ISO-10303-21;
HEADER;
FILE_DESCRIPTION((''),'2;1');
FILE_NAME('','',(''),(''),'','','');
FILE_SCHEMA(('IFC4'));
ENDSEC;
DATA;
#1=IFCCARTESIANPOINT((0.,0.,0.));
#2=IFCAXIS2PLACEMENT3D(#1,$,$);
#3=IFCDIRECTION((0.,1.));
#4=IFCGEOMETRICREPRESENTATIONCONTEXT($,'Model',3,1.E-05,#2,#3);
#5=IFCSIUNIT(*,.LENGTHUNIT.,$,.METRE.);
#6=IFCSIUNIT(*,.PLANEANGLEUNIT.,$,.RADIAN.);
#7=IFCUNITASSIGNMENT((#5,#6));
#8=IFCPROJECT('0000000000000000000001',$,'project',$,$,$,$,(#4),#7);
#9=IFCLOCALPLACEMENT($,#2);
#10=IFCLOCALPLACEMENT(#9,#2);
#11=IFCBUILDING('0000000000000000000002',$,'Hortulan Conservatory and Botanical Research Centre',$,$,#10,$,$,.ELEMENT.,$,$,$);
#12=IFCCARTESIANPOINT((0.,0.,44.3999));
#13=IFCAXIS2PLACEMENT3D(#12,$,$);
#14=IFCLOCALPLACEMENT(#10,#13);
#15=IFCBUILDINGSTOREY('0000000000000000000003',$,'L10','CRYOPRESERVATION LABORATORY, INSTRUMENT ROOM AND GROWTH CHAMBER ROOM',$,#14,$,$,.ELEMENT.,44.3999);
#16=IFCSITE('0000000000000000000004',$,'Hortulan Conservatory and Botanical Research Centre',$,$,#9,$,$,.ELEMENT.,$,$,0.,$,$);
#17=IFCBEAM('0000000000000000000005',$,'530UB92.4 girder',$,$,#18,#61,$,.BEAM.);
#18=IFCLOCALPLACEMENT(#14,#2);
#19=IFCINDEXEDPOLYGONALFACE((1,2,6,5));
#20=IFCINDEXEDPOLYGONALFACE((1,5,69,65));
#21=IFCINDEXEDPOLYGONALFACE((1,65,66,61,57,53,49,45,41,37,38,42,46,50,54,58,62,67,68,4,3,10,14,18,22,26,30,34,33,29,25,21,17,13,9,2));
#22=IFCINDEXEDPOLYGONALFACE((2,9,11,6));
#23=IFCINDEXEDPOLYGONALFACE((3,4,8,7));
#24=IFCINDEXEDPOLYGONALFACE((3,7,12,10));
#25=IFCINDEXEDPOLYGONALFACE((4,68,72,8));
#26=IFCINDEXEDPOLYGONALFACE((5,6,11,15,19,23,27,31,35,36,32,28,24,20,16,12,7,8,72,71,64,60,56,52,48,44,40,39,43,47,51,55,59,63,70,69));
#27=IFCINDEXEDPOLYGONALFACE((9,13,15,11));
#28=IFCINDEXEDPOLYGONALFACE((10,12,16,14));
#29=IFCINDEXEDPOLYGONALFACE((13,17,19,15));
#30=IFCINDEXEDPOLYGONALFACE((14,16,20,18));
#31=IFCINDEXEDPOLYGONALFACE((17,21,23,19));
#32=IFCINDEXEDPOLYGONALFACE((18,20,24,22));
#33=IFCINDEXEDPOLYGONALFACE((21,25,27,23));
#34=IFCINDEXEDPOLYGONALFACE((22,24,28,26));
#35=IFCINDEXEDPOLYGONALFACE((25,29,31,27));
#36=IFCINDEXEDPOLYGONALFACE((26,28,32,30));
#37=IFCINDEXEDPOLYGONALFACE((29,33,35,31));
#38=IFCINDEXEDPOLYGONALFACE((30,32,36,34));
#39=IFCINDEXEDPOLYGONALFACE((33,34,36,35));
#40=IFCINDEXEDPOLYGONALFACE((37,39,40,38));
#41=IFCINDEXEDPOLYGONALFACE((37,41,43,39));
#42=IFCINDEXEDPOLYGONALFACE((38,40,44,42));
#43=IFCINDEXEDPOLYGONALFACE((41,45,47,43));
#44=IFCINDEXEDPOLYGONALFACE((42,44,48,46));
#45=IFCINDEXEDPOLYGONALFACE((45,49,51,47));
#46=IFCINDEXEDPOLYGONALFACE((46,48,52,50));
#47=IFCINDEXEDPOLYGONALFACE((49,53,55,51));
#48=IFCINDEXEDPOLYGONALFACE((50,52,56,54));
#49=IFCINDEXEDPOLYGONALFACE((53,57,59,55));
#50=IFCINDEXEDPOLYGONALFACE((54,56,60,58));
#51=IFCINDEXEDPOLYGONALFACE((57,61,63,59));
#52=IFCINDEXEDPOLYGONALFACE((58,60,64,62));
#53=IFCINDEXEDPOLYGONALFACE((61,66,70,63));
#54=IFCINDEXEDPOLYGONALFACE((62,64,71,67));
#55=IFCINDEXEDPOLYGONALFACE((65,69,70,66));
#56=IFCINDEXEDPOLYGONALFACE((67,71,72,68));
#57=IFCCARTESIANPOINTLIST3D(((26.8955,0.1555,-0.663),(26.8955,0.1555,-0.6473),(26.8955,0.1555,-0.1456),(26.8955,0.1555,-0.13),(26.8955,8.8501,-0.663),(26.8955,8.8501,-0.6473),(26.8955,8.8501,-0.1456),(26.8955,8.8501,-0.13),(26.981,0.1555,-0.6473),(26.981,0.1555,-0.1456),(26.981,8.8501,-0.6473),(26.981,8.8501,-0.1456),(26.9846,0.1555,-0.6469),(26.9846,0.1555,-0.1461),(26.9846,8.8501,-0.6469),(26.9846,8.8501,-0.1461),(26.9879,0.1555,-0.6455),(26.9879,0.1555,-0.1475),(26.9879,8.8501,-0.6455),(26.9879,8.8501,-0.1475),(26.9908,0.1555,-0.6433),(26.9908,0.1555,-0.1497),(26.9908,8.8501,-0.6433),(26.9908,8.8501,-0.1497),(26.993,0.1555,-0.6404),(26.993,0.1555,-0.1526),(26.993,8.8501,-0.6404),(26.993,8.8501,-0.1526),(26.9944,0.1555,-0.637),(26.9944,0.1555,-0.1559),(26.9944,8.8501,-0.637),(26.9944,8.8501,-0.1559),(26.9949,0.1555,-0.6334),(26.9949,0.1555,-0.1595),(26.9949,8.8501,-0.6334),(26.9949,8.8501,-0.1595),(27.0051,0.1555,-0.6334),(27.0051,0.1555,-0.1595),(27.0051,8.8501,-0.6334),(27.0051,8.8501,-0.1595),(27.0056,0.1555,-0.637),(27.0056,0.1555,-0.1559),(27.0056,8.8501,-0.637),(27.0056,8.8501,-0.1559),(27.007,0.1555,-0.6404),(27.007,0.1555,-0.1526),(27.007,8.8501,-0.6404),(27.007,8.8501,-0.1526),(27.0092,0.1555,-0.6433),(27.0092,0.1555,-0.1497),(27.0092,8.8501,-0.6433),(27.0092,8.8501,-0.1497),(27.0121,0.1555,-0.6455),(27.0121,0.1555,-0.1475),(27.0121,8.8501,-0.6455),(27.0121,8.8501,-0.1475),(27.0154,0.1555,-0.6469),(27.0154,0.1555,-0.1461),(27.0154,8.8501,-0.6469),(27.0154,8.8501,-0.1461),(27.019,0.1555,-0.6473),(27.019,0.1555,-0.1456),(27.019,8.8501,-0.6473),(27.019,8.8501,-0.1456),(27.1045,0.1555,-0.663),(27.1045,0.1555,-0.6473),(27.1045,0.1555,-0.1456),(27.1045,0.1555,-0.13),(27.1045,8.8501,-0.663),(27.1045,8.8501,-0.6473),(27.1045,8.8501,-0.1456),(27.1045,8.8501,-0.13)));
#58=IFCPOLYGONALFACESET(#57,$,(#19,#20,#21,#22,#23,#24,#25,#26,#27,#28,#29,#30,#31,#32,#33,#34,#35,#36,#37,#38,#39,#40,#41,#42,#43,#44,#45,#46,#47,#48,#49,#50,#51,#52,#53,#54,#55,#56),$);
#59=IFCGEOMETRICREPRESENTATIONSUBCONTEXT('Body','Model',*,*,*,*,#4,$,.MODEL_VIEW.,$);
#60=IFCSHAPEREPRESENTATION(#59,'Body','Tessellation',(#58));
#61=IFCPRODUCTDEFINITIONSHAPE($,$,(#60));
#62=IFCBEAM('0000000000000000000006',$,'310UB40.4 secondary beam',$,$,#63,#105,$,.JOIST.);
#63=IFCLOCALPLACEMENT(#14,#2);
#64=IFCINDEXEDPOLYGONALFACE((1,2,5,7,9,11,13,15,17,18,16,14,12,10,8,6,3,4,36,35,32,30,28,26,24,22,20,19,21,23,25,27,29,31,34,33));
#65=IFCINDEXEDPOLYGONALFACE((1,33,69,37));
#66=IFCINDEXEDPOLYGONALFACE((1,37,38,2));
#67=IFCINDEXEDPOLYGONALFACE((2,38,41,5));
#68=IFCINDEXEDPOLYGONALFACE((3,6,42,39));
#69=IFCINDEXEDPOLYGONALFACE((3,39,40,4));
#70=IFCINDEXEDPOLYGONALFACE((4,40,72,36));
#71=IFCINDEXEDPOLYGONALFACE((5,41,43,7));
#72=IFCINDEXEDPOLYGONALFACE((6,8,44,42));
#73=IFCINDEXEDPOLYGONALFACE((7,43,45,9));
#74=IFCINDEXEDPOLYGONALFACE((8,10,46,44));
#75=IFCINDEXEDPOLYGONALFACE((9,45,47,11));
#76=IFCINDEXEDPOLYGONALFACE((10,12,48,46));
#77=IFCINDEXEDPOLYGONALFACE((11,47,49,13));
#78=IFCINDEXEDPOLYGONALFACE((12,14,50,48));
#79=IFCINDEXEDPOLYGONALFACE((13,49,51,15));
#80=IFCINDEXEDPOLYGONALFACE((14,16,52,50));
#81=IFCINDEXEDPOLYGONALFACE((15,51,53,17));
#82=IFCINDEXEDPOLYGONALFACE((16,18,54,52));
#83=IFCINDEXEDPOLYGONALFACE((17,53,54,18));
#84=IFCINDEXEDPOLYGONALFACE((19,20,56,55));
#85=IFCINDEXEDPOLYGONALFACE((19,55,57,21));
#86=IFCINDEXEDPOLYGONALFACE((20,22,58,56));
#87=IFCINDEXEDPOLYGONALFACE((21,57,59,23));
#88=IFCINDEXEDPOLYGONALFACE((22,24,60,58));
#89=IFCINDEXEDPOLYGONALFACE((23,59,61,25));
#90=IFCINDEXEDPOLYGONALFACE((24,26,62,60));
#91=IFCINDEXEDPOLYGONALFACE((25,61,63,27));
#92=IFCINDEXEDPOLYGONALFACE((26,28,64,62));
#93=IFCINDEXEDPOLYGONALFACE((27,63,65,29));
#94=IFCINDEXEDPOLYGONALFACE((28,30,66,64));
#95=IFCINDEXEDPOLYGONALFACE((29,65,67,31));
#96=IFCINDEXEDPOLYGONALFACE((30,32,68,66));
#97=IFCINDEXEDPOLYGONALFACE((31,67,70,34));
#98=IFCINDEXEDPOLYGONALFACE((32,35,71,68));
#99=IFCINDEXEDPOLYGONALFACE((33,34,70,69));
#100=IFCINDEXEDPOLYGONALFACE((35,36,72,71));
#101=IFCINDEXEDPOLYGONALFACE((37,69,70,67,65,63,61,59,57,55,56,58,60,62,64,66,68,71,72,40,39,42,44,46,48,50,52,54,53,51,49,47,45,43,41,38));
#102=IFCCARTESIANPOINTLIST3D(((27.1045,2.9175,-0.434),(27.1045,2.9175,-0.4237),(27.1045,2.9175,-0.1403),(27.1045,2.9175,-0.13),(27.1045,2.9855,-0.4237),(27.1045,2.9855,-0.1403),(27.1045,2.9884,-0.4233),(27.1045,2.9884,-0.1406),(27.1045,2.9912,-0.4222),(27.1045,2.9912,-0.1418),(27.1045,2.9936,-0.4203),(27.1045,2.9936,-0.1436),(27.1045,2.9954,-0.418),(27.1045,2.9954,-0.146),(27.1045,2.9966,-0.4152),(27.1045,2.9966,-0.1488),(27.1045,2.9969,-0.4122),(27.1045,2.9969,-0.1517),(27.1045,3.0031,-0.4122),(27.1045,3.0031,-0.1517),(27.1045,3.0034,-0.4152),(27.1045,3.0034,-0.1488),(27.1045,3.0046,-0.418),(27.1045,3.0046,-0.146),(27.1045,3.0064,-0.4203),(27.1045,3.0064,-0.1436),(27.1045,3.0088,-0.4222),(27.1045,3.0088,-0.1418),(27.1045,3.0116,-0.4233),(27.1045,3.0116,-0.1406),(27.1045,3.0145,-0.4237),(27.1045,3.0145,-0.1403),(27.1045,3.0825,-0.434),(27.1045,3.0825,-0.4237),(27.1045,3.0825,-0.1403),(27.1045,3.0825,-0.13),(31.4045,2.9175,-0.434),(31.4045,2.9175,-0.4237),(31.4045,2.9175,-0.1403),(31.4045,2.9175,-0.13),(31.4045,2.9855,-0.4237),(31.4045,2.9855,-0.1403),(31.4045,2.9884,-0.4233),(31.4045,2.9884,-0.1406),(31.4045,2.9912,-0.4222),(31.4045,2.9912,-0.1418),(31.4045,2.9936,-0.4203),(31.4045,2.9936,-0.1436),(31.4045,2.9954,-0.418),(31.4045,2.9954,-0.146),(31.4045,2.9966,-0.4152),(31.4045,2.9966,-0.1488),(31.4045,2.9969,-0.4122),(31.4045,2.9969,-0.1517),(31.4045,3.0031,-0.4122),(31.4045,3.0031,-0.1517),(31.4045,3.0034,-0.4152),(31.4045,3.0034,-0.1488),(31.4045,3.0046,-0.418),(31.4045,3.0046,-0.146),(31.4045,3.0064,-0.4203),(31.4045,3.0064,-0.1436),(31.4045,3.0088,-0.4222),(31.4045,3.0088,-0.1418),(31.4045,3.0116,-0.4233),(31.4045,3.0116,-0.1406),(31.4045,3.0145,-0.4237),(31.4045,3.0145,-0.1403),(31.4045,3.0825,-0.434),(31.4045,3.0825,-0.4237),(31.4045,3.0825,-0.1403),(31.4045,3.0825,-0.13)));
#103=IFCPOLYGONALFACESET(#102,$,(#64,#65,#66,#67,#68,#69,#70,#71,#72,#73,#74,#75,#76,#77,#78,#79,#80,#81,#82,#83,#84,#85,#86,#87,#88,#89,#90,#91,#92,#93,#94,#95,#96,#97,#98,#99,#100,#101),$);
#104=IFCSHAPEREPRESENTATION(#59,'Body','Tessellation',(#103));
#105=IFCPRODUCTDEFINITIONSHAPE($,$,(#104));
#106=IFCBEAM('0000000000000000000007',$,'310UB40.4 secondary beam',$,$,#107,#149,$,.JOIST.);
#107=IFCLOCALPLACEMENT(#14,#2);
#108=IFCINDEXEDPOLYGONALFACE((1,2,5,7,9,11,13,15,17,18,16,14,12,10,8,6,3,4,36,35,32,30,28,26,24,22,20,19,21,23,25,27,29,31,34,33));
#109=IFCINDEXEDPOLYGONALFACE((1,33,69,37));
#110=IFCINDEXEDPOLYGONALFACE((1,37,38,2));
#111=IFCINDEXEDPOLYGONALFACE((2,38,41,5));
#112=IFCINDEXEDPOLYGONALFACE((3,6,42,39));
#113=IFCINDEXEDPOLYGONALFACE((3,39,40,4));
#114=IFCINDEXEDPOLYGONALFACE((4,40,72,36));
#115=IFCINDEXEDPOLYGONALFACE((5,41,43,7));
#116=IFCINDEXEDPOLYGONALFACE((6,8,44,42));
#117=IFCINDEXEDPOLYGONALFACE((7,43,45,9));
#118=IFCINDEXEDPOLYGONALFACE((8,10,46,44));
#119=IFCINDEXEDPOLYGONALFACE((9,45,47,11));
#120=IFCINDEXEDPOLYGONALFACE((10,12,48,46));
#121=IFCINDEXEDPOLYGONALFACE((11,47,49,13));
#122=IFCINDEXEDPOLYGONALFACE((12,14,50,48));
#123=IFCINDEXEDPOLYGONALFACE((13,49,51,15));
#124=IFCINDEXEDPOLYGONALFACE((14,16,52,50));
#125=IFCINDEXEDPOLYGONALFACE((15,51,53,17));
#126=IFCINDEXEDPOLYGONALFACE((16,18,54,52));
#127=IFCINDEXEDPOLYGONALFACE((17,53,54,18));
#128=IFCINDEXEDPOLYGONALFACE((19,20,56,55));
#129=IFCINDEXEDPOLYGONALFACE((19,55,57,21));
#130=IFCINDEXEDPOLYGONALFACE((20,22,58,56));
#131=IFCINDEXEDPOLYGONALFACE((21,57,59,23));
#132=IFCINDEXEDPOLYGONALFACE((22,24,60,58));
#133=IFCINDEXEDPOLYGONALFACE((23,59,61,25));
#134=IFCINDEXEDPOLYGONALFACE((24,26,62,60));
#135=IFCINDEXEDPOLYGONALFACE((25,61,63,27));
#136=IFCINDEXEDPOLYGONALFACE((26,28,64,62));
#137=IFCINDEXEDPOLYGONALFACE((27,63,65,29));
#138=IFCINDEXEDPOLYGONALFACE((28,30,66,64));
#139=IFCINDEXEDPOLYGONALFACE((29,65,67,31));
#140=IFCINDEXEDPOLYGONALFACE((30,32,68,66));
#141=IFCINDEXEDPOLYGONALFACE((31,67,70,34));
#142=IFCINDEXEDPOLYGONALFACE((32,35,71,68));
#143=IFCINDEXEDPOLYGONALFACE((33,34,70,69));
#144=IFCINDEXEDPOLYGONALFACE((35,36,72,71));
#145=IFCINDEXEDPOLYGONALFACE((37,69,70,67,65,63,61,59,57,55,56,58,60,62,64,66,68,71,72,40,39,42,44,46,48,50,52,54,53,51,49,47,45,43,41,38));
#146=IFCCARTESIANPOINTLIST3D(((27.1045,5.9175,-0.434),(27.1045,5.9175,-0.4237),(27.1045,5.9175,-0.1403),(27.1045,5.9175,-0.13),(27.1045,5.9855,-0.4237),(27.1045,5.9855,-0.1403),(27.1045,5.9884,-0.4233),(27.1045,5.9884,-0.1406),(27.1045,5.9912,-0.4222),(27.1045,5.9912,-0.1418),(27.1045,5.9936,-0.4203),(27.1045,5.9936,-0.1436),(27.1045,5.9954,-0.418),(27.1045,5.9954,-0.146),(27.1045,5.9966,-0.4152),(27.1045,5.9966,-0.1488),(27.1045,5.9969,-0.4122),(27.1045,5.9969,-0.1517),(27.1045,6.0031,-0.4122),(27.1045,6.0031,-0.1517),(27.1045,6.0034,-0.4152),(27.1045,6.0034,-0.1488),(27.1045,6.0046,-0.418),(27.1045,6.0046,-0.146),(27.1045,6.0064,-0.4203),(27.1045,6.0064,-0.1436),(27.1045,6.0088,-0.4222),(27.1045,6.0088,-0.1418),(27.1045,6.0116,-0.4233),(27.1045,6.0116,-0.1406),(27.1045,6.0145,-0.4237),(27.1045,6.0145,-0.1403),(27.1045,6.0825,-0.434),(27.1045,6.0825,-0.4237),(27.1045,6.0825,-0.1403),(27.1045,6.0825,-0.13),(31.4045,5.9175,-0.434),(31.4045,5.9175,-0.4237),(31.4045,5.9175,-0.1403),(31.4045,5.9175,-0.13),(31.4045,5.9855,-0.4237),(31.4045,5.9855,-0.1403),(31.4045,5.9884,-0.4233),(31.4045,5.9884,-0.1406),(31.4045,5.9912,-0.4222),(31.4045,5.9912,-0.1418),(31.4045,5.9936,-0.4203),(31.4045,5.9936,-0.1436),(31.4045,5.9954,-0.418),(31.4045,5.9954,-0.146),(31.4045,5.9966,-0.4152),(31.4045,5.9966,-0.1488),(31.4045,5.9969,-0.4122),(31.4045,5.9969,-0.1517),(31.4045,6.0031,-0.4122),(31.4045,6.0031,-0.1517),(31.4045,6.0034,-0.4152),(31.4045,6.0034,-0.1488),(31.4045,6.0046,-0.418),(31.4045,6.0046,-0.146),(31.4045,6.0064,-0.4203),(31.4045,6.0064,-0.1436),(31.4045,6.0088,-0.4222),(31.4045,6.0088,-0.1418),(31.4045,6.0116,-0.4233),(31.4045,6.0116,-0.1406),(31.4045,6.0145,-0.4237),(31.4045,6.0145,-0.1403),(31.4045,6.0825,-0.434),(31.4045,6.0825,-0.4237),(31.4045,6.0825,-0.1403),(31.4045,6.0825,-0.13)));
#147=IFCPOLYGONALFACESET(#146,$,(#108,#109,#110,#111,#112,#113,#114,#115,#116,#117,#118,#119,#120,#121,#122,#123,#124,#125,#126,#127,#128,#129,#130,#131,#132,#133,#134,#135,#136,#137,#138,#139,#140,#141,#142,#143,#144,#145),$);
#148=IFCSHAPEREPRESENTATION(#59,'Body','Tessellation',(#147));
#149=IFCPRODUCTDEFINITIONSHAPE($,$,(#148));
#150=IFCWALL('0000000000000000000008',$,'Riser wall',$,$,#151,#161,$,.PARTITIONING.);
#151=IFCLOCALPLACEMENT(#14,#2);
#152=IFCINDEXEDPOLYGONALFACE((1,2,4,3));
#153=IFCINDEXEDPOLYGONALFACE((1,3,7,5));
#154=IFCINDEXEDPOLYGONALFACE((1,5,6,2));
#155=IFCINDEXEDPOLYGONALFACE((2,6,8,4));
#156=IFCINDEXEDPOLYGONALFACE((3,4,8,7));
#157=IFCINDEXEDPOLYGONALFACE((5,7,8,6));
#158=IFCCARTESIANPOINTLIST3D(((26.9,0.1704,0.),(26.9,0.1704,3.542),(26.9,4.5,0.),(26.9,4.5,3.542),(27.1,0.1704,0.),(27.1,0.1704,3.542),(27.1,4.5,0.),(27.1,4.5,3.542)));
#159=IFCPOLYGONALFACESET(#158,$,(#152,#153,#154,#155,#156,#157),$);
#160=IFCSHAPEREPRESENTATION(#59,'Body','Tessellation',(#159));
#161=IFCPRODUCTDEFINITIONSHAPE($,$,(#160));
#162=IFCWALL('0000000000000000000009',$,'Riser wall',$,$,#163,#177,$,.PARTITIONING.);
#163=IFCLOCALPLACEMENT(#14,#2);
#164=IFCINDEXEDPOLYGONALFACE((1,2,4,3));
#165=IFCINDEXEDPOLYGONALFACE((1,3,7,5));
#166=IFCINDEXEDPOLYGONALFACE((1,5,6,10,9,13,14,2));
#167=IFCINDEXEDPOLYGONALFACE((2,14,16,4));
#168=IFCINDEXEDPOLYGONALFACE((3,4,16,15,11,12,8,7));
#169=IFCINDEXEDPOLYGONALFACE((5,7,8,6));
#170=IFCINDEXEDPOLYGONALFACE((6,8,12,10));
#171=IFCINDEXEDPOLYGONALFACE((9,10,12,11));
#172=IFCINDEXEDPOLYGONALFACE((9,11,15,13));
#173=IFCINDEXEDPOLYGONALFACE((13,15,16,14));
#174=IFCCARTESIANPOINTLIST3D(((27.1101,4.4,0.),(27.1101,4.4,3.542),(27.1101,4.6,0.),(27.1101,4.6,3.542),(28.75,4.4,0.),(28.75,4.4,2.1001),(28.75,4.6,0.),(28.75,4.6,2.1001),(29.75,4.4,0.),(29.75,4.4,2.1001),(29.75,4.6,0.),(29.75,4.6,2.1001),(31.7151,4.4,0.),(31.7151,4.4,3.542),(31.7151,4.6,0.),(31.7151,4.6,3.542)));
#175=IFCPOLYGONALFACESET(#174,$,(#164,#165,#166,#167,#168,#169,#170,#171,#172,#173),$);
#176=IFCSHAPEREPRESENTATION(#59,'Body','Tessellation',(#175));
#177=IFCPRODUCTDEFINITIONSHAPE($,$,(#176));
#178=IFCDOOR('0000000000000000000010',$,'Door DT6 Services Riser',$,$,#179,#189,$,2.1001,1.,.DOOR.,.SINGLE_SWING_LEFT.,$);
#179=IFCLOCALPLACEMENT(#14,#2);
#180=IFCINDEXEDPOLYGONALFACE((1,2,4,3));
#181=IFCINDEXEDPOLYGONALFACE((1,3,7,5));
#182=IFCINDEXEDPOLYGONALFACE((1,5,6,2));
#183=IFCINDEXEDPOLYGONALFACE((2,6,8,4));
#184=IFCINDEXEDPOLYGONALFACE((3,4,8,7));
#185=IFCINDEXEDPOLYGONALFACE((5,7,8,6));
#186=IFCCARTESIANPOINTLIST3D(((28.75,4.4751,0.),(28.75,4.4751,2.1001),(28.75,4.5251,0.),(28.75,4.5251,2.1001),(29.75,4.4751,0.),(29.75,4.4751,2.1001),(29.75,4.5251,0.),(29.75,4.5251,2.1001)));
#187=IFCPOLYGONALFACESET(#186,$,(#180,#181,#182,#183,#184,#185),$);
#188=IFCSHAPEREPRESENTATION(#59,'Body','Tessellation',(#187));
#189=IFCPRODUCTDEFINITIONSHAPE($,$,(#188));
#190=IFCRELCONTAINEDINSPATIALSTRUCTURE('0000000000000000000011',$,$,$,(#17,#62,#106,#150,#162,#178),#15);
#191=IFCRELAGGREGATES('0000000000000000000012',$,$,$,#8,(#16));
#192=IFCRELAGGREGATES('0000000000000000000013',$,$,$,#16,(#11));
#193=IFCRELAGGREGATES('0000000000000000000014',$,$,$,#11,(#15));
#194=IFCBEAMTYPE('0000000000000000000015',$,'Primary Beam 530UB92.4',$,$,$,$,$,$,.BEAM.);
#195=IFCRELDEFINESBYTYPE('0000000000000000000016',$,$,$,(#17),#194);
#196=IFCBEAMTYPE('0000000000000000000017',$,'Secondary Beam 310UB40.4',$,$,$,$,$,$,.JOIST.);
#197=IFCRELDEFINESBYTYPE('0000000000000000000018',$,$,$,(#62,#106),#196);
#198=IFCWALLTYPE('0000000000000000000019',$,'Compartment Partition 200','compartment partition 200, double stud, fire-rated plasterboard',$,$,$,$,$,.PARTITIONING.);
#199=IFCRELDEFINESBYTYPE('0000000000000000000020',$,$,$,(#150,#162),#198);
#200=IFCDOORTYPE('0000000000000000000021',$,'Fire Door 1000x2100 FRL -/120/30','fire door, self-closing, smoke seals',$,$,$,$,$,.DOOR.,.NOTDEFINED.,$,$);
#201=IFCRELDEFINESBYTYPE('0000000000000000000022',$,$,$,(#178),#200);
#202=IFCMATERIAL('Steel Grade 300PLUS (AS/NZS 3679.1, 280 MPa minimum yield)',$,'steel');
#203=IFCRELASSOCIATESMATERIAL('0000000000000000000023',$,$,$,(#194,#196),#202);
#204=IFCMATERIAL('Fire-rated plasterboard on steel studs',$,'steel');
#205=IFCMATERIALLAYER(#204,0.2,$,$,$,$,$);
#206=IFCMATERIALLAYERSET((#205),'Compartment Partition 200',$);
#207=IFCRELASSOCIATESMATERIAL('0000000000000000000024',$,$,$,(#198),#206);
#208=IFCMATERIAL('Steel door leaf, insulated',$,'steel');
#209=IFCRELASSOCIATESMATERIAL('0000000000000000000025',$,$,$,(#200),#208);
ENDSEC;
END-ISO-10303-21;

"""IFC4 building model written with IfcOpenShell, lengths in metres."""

from ifc_helpers import new_model, si_unit, direction, frame, frame_2d, origin, origin_2d, place, context, subcontext, project, spatial, rectangle, i_section, extrude, material, layer, layer_set, material_profile, profile_set, type_object, element, fill, save


model = new_model("IFC4")

# Units and contexts
model_context = context("Model", 3, precision=1e-05, world=origin(), true_north=direction((0.0, 1.0)))
body_context = subcontext(model_context, "Body", "Model", "MODEL_VIEW")
ifc_project = project(units=[si_unit("LENGTHUNIT", "METRE"), si_unit("PLANEANGLEUNIT", "RADIAN")], contexts=[model_context])

# Site, building, storey
site_placement = place(None, origin())
site = spatial("IfcSite", under=ifc_project, at=site_placement, Name="Hortulan Conservatory and Botanical Research Centre", CompositionType="ELEMENT", RefElevation=0.0)
building_placement = place(site_placement, origin())
building = spatial("IfcBuilding", under=site, at=building_placement, Name="Hortulan Conservatory and Botanical Research Centre", CompositionType="ELEMENT")
storey_placement = place(building_placement, frame((0.0, 0.0, 44.3999)))
storey = spatial("IfcBuildingStorey", under=building, at=storey_placement, Name="L10", Description="CRYOPRESERVATION LABORATORY, INSTRUMENT ROOM AND GROWTH CHAMBER ROOM", CompositionType="ELEMENT", Elevation=44.3999)

# Shared definitions
ifc_material_1 = material(Name="Steel Grade 300PLUS (AS/NZS 3679.1, 280 MPa minimum yield)", Category="steel")

# Beams
ifc_material_profile_1 = material_profile(ifc_material_1, i_section(OverallWidth=0.209, OverallDepth=0.533, WebThickness=0.0103, FlangeThickness=0.0156, FilletRadius=0.0139, at=origin_2d()), Name="530UB92.4")
ifc_profile_set_1 = profile_set([ifc_material_profile_1], Name="Steel Grade 300PLUS (AS/NZS 3679.1, 280 MPa minimum yield)")
beam_type_1 = type_object("IfcBeamType", Name="Primary Beam 530UB92.4", PredefinedType="BEAM", material=ifc_profile_set_1)
beam_1_placement = place(storey_placement, frame((27.0, 0.1555, -0.3965), z_axis=(0.0, 1.0, 0.0), x_axis=(-1.0, 0.0, 0.0)))
element("IfcBeam", 1, at=beam_1_placement, inside=storey, type_object=beam_type_1, Name="530UB92.4 girder", PredefinedType="BEAM", context=body_context, shape_type="SweptSolid", body=[
    extrude(i_section(OverallWidth=0.209, OverallDepth=0.533, WebThickness=0.0103, FlangeThickness=0.0156, FilletRadius=0.0139, at=origin_2d()), origin(), (0.0, 0.0, 1.0), 8.6946),
])
ifc_material_profile_2 = material_profile(ifc_material_1, i_section(OverallWidth=0.165, OverallDepth=0.304, WebThickness=0.0061, FlangeThickness=0.0103, FilletRadius=0.0115, at=origin_2d()), Name="310UB40.4")
ifc_profile_set_2 = profile_set([ifc_material_profile_2], Name="Steel Grade 300PLUS (AS/NZS 3679.1, 280 MPa minimum yield)")
beam_type_2 = type_object("IfcBeamType", Name="Secondary Beam 310UB40.4", PredefinedType="JOIST", material=ifc_profile_set_2)
for number, where, z_axis, x_axis, name in (
    (2, (27.1045, 3.0, -0.282), (1.0, 0.0, 0.0), (0.0, 1.0, 0.0), "310UB40.4 secondary beam"),
    (3, (27.1045, 6.0, -0.282), (1.0, 0.0, 0.0), (0.0, 1.0, 0.0), "310UB40.4 secondary beam"),
):
    element("IfcBeam", number, at=place(storey_placement, frame(where, z_axis=z_axis, x_axis=x_axis)), inside=storey, type_object=beam_type_2, Name=name, PredefinedType="JOIST", context=body_context, shape_type="SweptSolid", body=[
        extrude(i_section(OverallWidth=0.165, OverallDepth=0.304, WebThickness=0.0061, FlangeThickness=0.0103, FilletRadius=0.0115, at=origin_2d()), origin(), (0.0, 0.0, 1.0), 4.3),
    ])

# Wall
ifc_material_2 = material(Name="Fire-rated plasterboard on steel studs", Category="steel")
ifc_layer_1 = layer(ifc_material_2, 0.2)
ifc_layer_set_1 = layer_set([ifc_layer_1], Name="Compartment Partition 200")
wall_type_1 = type_object("IfcWallType", Name="Compartment Partition 200", Description="compartment partition 200, double stud, fire-rated plasterboard", PredefinedType="PARTITIONING", material=ifc_layer_set_1)
wall_1_placement = place(storey_placement, frame((27.0, 0.1704, 0.0), z_axis=(0.0, 0.0, 1.0), x_axis=(0.0, 1.0, 0.0)))
element("IfcWall", 4, at=wall_1_placement, inside=storey, type_object=wall_type_1, Name="Riser wall", PredefinedType="PARTITIONING", context=body_context, shape_type="SweptSolid", body=[
    extrude(rectangle(XDim=4.3296, YDim=0.2, at=frame_2d((2.1648, 0.0))), origin(), (0.0, 0.0, 1.0), 3.542),
])

# Wall, opening, door
wall_2_placement = place(storey_placement, frame((27.1101, 4.5, 0.0), z_axis=(0.0, 0.0, 1.0), x_axis=(1.0, 0.0, 0.0)))
wall_2 = element("IfcWall", 5, at=wall_2_placement, inside=storey, type_object=wall_type_1, Name="Riser wall", PredefinedType="PARTITIONING", context=body_context, shape_type="SweptSolid", body=[
    extrude(rectangle(XDim=4.605, YDim=0.2, at=frame_2d((2.3025, 0.0))), origin(), (0.0, 0.0, 1.0), 3.542),
])
opening_1_placement = place(wall_2_placement, frame((1.6399, 0.0, 0.0)))
opening_1 = element("IfcOpeningElement", 6, at=opening_1_placement, cuts=wall_2, PredefinedType="OPENING", context=body_context, shape_type="SweptSolid", body=[
    extrude(rectangle(XDim=1.0, YDim=2.1001, at=frame_2d((0.5, 1.05))), frame((0.0, 0.1099, 0.0), z_axis=(0.0, -1.0, 0.0), x_axis=(1.0, 0.0, 0.0)), (0.0, 0.0, 1.0), 0.22),
])
ifc_material_3 = material(Name="Steel door leaf, insulated", Category="steel")
door_type = type_object("IfcDoorType", Name="Fire Door 1000x2100 FRL -/120/30", Description="fire door, self-closing, smoke seals", OperationType="NOTDEFINED", PredefinedType="DOOR", material=ifc_material_3)
door_placement = place(opening_1_placement, frame((1.0, 0.0, 0.0), z_axis=(0.0, 0.0, 1.0), x_axis=(-1.0, 0.0, 0.0)))
door = element("IfcDoor", 7, at=door_placement, inside=storey, type_object=door_type, Name="Door DT6 Services Riser", OperationType="SINGLE_SWING_LEFT", OverallHeight=2.1001, OverallWidth=1.0, PredefinedType="DOOR", context=body_context, shape_type="SweptSolid", body=[
    extrude(rectangle(XDim=1.0, YDim=2.1001, at=frame_2d((0.5, 1.05))), frame((0.0, 0.0249, 0.0), z_axis=(0.0, -1.0, 0.0), x_axis=(1.0, 0.0, 0.0)), (0.0, 0.0, 1.0), 0.05),
])
fill(opening_1, door)

save(model, "model.ifc")
